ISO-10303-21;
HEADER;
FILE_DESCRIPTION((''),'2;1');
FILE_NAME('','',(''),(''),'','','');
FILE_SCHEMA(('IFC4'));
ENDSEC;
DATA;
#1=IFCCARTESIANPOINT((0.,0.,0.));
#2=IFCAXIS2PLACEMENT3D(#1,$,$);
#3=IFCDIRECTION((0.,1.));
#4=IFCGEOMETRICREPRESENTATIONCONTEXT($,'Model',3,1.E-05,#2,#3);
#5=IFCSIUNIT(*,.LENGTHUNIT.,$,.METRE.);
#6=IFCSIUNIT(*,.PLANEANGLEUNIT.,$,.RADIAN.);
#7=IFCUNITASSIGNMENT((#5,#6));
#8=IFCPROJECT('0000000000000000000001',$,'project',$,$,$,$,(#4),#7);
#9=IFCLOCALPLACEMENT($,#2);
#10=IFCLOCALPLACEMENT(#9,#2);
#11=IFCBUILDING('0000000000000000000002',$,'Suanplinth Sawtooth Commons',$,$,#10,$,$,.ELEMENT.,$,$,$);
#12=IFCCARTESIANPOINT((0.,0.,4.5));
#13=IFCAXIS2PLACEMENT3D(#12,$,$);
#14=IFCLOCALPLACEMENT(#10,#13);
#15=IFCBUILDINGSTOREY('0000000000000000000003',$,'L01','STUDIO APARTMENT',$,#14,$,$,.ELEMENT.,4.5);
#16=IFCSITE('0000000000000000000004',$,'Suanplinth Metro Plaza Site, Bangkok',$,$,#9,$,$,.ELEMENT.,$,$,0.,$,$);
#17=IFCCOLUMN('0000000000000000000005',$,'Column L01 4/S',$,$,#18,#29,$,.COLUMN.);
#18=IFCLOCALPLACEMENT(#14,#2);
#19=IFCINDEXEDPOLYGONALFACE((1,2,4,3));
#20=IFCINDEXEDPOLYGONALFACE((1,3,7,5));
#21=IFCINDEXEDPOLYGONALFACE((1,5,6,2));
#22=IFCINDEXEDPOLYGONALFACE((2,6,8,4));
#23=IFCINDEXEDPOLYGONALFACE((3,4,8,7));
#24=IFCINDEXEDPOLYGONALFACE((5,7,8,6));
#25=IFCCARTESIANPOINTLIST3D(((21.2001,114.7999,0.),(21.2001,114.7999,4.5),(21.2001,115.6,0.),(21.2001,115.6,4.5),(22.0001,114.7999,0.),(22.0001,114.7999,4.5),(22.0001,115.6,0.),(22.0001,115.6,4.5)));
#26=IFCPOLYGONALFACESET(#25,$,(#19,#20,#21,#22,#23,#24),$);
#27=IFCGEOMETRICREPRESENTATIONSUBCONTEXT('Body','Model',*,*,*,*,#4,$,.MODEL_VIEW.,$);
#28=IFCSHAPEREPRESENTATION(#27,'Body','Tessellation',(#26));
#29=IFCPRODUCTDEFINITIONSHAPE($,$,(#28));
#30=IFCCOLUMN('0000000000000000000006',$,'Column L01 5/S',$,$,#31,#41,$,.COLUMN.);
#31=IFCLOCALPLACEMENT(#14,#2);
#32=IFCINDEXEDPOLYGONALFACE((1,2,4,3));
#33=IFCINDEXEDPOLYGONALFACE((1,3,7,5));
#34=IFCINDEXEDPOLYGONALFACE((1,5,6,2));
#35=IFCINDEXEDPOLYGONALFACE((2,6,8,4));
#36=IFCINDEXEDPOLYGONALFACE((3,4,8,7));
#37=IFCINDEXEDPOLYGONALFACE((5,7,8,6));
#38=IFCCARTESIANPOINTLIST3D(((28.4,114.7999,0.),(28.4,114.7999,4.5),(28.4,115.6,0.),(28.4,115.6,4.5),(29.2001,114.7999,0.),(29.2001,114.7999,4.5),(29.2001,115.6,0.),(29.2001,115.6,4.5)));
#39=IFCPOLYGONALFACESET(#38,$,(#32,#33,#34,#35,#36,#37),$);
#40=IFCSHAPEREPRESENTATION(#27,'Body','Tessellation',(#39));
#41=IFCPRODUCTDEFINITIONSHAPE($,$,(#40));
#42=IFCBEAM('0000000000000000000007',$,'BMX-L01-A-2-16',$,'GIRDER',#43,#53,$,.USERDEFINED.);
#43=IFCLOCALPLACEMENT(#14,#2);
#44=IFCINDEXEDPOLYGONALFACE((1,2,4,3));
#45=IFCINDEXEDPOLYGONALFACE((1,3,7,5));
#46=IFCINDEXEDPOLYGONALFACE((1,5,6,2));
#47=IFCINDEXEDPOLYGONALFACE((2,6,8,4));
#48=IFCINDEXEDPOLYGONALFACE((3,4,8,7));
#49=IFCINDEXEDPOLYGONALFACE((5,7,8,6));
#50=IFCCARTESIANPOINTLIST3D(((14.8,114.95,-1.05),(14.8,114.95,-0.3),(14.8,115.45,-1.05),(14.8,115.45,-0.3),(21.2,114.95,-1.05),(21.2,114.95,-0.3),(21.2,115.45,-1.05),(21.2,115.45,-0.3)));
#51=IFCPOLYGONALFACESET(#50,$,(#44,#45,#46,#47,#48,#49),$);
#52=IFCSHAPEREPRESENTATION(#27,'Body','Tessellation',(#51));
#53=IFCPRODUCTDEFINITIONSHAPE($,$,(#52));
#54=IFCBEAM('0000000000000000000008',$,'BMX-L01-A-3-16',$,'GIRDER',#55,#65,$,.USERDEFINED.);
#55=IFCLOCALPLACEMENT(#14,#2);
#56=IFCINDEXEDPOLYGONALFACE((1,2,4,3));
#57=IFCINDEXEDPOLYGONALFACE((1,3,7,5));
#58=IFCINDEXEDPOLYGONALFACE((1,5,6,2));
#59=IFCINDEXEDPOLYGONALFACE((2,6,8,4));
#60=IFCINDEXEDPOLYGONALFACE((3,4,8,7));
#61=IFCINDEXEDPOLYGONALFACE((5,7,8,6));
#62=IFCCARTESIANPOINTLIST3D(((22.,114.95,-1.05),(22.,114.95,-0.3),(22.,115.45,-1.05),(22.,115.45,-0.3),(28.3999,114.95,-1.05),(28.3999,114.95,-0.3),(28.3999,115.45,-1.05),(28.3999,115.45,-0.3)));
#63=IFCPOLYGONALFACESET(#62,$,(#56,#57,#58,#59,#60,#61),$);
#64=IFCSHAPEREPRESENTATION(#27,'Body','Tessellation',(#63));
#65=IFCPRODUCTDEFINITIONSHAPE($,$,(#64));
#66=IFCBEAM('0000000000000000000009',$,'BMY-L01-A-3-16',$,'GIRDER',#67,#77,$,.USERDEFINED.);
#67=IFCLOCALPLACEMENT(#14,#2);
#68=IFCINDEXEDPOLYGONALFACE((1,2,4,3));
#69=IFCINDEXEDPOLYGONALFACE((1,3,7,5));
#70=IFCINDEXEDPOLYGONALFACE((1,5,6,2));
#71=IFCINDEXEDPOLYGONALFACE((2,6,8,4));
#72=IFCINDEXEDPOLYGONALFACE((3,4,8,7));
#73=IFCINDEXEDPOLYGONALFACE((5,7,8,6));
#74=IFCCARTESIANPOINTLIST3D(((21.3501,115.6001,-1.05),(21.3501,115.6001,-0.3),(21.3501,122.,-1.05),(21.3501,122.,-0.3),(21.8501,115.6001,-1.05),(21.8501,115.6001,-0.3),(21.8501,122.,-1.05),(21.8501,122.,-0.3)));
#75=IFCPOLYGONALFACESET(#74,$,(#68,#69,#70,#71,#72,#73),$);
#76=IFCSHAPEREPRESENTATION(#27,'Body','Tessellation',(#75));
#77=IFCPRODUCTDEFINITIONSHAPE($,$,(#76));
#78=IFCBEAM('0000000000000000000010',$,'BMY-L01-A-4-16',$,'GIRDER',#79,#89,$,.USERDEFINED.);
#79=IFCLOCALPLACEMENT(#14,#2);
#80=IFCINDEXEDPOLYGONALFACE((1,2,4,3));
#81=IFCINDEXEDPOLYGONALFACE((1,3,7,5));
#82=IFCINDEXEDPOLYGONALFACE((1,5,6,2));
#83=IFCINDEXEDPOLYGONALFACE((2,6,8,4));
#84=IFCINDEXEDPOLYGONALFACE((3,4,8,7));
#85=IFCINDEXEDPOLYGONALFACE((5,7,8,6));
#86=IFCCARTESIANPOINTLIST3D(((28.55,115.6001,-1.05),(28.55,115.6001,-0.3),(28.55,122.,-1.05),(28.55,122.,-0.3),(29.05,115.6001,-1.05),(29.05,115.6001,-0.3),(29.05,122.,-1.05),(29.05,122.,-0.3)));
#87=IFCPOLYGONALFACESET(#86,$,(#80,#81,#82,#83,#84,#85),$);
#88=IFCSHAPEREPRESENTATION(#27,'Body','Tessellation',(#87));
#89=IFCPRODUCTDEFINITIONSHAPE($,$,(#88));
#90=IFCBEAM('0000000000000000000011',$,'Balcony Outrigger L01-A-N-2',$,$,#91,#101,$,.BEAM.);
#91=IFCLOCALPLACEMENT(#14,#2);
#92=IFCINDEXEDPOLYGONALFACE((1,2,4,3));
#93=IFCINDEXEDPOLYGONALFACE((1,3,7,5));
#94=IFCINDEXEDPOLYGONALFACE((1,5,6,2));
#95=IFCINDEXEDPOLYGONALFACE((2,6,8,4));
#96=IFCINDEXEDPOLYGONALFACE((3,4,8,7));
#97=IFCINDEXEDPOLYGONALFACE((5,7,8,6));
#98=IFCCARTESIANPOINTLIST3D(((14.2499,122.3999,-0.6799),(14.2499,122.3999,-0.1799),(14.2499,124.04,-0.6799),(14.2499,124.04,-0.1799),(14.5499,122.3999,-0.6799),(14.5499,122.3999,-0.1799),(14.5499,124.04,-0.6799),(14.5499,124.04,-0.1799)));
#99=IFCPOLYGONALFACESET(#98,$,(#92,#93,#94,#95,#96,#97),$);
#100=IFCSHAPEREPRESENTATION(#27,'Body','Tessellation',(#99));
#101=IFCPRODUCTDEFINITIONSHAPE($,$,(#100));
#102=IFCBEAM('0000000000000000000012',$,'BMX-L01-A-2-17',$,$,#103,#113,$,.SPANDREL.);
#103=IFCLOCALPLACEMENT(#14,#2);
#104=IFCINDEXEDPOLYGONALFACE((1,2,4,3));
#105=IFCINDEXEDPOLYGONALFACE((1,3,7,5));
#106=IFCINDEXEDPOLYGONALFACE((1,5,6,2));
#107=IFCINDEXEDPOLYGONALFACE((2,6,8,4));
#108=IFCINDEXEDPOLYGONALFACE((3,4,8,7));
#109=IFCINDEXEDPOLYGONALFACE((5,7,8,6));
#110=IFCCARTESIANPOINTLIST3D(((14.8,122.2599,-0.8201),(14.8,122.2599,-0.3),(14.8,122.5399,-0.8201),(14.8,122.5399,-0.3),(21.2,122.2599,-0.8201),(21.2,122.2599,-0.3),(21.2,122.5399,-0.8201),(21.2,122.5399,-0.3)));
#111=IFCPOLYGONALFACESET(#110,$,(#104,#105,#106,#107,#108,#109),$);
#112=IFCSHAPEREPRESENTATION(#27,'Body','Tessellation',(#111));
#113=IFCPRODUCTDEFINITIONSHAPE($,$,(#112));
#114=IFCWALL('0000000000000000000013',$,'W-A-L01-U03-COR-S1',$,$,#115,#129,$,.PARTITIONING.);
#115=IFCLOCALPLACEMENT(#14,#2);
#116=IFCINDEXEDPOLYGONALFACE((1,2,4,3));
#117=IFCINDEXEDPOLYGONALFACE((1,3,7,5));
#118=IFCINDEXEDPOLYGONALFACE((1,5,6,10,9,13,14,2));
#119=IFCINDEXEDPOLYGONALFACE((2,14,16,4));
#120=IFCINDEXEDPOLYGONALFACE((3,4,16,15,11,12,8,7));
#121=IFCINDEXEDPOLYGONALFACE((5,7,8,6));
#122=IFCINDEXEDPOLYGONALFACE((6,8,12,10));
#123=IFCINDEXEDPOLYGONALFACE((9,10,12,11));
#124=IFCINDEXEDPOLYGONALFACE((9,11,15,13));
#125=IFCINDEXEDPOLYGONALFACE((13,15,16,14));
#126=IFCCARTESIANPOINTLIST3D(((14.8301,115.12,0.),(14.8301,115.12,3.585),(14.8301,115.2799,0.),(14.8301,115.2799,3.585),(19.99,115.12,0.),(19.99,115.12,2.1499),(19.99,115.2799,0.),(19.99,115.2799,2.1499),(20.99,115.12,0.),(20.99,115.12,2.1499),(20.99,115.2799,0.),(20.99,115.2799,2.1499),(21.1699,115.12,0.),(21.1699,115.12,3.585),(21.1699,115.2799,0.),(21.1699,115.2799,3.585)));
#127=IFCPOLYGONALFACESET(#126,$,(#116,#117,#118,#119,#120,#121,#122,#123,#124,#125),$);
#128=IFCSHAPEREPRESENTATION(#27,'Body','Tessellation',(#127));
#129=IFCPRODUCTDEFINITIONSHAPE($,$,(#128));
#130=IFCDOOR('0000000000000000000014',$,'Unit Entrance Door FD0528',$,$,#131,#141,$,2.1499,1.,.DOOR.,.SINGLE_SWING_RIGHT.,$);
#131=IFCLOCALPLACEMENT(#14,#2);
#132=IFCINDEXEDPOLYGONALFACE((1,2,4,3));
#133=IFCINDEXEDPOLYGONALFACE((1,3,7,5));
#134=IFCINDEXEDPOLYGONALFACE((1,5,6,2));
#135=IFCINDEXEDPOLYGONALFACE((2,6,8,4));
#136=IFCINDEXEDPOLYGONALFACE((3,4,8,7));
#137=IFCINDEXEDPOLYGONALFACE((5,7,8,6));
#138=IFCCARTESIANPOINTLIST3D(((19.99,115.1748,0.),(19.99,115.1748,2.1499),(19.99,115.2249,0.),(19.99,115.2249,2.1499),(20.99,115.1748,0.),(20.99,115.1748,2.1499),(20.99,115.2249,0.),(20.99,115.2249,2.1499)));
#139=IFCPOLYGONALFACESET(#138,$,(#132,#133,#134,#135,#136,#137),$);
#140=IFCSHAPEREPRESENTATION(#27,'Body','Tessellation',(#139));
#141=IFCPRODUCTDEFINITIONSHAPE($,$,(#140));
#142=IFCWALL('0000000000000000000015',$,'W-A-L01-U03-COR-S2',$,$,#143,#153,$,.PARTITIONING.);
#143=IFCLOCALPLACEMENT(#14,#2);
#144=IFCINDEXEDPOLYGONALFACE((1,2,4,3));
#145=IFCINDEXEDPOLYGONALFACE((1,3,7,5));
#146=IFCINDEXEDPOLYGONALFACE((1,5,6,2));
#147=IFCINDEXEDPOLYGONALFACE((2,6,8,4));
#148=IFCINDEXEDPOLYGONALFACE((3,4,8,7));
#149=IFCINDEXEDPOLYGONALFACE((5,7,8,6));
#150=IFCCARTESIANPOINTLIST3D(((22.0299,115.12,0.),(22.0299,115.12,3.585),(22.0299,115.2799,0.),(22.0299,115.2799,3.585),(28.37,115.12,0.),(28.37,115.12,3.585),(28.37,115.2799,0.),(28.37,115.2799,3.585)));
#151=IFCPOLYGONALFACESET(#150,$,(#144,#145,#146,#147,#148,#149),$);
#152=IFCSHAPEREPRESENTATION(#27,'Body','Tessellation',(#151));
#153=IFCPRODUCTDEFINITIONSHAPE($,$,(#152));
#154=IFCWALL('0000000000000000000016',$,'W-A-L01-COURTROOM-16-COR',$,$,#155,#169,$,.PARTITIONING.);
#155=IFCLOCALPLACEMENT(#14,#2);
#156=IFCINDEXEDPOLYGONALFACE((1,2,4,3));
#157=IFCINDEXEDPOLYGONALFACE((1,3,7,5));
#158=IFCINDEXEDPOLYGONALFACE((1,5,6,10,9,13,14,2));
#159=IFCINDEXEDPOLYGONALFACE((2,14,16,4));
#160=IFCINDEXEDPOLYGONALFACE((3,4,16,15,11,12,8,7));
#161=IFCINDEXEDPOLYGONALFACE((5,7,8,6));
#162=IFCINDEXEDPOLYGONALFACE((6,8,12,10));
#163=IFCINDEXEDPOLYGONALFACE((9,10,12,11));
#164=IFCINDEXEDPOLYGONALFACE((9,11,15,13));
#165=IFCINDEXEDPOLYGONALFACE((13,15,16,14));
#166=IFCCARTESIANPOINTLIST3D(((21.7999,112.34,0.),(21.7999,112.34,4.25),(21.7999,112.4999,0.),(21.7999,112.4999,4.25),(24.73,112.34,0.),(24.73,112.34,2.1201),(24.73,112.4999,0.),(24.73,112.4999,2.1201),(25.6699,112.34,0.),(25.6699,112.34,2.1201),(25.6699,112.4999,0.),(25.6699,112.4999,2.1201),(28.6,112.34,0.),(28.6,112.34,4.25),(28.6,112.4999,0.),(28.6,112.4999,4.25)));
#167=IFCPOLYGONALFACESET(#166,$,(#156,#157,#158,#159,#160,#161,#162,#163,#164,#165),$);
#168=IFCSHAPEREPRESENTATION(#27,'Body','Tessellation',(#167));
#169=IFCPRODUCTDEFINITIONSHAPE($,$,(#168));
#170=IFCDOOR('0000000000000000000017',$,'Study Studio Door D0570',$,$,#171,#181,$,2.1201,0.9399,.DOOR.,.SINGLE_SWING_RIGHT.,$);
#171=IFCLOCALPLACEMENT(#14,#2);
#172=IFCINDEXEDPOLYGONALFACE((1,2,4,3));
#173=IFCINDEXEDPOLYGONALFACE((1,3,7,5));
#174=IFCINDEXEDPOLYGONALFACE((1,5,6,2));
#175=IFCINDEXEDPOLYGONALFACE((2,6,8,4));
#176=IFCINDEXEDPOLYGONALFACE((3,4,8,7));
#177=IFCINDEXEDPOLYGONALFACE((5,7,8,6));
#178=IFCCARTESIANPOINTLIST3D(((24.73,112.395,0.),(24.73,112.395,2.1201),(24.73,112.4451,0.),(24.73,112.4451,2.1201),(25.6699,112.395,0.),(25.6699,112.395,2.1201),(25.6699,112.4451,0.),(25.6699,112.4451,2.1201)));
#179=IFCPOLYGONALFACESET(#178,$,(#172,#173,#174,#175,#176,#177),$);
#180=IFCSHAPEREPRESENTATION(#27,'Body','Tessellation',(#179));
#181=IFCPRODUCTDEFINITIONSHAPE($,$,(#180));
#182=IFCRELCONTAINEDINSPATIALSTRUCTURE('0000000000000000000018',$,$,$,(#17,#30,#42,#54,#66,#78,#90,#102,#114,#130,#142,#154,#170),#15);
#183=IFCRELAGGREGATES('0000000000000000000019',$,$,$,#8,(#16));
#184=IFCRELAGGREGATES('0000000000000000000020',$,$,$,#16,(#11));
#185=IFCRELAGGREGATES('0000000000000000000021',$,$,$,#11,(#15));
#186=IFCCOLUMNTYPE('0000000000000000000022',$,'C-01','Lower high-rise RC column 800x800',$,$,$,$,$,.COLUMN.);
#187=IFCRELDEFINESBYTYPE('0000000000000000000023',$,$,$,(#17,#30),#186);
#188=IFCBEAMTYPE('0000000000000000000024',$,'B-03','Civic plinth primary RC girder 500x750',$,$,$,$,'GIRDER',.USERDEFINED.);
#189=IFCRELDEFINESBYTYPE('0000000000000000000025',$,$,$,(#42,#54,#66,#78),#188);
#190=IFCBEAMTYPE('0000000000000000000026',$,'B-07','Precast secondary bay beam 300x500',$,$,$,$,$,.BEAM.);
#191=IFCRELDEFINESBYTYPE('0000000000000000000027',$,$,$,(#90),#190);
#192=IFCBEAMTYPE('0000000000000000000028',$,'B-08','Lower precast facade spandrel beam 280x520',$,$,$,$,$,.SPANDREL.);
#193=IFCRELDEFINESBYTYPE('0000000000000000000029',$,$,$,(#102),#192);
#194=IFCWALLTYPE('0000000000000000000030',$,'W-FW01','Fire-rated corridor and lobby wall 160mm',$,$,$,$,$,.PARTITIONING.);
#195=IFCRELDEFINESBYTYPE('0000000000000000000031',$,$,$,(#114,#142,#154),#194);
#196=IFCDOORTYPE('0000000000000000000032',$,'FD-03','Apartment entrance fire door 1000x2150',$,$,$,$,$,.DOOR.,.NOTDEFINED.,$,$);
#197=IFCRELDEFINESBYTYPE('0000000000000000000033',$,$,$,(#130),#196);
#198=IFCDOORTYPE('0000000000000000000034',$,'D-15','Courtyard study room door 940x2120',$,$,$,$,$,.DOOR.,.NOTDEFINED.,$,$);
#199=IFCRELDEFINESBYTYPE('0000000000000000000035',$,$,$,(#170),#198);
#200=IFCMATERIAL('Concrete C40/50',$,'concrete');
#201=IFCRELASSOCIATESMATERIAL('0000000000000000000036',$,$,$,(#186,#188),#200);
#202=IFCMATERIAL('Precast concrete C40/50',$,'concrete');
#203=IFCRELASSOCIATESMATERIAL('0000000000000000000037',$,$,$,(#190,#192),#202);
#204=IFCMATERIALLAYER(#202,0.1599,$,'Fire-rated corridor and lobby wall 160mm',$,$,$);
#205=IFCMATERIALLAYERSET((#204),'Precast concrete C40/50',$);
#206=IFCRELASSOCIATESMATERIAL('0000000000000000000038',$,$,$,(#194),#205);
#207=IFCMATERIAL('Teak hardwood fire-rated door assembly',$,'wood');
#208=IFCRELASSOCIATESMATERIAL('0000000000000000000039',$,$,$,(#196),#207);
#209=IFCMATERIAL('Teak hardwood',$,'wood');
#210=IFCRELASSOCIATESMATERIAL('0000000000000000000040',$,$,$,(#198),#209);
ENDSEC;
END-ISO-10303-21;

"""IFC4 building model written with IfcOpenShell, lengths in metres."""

from ifc_helpers import new_model, si_unit, direction, frame, frame_2d, origin, origin_2d, place, context, subcontext, project, spatial, rectangle, extrude, material, layer, layer_set, material_profile, profile_set, type_object, element, fill, save


model = new_model("IFC4")

# Units and contexts
model_context = context("Model", 3, precision=1e-05, world=origin(), true_north=direction((0.0, 1.0)))
body_context = subcontext(model_context, "Body", "Model", "MODEL_VIEW")
ifc_project = project(units=[si_unit("LENGTHUNIT", "METRE"), si_unit("PLANEANGLEUNIT", "RADIAN")], contexts=[model_context])

# Site, building, storey
site_placement = place(None, origin())
site = spatial("IfcSite", under=ifc_project, at=site_placement, Name="Suanplinth Metro Plaza Site, Bangkok", CompositionType="ELEMENT", RefElevation=0.0)
building_placement = place(site_placement, origin())
building = spatial("IfcBuilding", under=site, at=building_placement, Name="Suanplinth Sawtooth Commons", CompositionType="ELEMENT")
storey_placement = place(building_placement, frame((0.0, 0.0, 4.5)))
storey = spatial("IfcBuildingStorey", under=building, at=storey_placement, Name="L01", Description="STUDIO APARTMENT", CompositionType="ELEMENT", Elevation=4.5)

# Columns
ifc_material_1 = material(Name="Concrete C40/50", Category="concrete")
ifc_material_profile_1 = material_profile(ifc_material_1, rectangle(XDim=0.8, YDim=0.8, at=origin_2d()), Name="RC-COL 800x800")
ifc_profile_set_1 = profile_set([ifc_material_profile_1], Name="Concrete C40/50")
column_type = type_object("IfcColumnType", Name="C-01", Description="Lower high-rise RC column 800x800", PredefinedType="COLUMN", material=ifc_profile_set_1)
for number, where, z_axis, x_axis, name in (
    (1, (21.6001, 115.2, 0.0), (0.0, 0.0, 1.0), (1.0, 0.0, 0.0), "Column L01 4/S"),
    (2, (28.8, 115.2, 0.0), (0.0, 0.0, 1.0), (1.0, 0.0, 0.0), "Column L01 5/S"),
):
    element("IfcColumn", number, at=place(storey_placement, frame(where, z_axis=z_axis, x_axis=x_axis)), inside=storey, type_object=column_type, Name=name, PredefinedType="COLUMN", context=body_context, shape_type="SweptSolid", body=[
        extrude(rectangle(XDim=0.8, YDim=0.8, at=origin_2d()), origin(), (0.0, 0.0, 1.0), 4.5),
    ])

# Beams
ifc_material_profile_2 = material_profile(ifc_material_1, rectangle(XDim=0.5, YDim=0.75, at=origin_2d()), Name="RC-GDR 500x750")
ifc_profile_set_2 = profile_set([ifc_material_profile_2], Name="Concrete C40/50")
beam_type_1 = type_object("IfcBeamType", Name="B-03", Description="Civic plinth primary RC girder 500x750", ElementType="GIRDER", PredefinedType="USERDEFINED", material=ifc_profile_set_2)
for number, where, z_axis, x_axis, name in (
    (3, (14.8, 115.2, -0.675), (1.0, 0.0, 0.0), (0.0, 1.0, 0.0), "BMX-L01-A-2-16"),
    (4, (22.0, 115.2, -0.675), (1.0, 0.0, 0.0), (0.0, 1.0, 0.0), "BMX-L01-A-3-16"),
    (5, (21.6001, 115.6001, -0.675), (0.0, 1.0, 0.0), (-1.0, 0.0, 0.0), "BMY-L01-A-3-16"),
    (6, (28.8, 115.6001, -0.675), (0.0, 1.0, 0.0), (-1.0, 0.0, 0.0), "BMY-L01-A-4-16"),
):
    element("IfcBeam", number, at=place(storey_placement, frame(where, z_axis=z_axis, x_axis=x_axis)), inside=storey, type_object=beam_type_1, Name=name, ObjectType="GIRDER", PredefinedType="USERDEFINED", context=body_context, shape_type="SweptSolid", body=[
        extrude(rectangle(XDim=0.5, YDim=0.75, at=origin_2d()), origin(), (0.0, 0.0, 1.0), 6.3999),
    ])
ifc_material_2 = material(Name="Precast concrete C40/50", Category="concrete")
ifc_material_profile_3 = material_profile(ifc_material_2, rectangle(XDim=0.3, YDim=0.5, at=origin_2d()), Name="PC-BM 300x500")
ifc_profile_set_3 = profile_set([ifc_material_profile_3], Name="Precast concrete C40/50")
beam_type_2 = type_object("IfcBeamType", Name="B-07", Description="Precast secondary bay beam 300x500", PredefinedType="BEAM", material=ifc_profile_set_3)
beam_1_placement = place(storey_placement, frame((14.3999, 122.3999, -0.4299), z_axis=(0.0, 1.0, 0.0), x_axis=(-1.0, 0.0, 0.0)))
element("IfcBeam", 7, at=beam_1_placement, inside=storey, type_object=beam_type_2, Name="Balcony Outrigger L01-A-N-2", PredefinedType="BEAM", context=body_context, shape_type="SweptSolid", body=[
    extrude(rectangle(XDim=0.3, YDim=0.5, at=origin_2d()), origin(), (0.0, 0.0, 1.0), 1.6401),
])
ifc_material_profile_4 = material_profile(ifc_material_2, rectangle(XDim=0.28, YDim=0.52, at=origin_2d()), Name="PC-SP 280x520")
ifc_profile_set_4 = profile_set([ifc_material_profile_4], Name="Precast concrete C40/50")
beam_type_3 = type_object("IfcBeamType", Name="B-08", Description="Lower precast facade spandrel beam 280x520", PredefinedType="SPANDREL", material=ifc_profile_set_4)
beam_2_placement = place(storey_placement, frame((14.8, 122.3999, -0.5601), z_axis=(1.0, 0.0, 0.0), x_axis=(0.0, 1.0, 0.0)))
element("IfcBeam", 8, at=beam_2_placement, inside=storey, type_object=beam_type_3, Name="BMX-L01-A-2-17", PredefinedType="SPANDREL", context=body_context, shape_type="SweptSolid", body=[
    extrude(rectangle(XDim=0.28, YDim=0.52, at=origin_2d()), origin(), (0.0, 0.0, 1.0), 6.3999),
])

# Wall, opening, door
ifc_layer_1 = layer(ifc_material_2, 0.1599, Name="Fire-rated corridor and lobby wall 160mm")
ifc_layer_set_1 = layer_set([ifc_layer_1], Name="Precast concrete C40/50")
wall_type_1 = type_object("IfcWallType", Name="W-FW01", Description="Fire-rated corridor and lobby wall 160mm", PredefinedType="PARTITIONING", material=ifc_layer_set_1)
wall_1_placement = place(storey_placement, frame((14.8301, 115.2, 0.0), z_axis=(0.0, 0.0, 1.0), x_axis=(1.0, 0.0, 0.0)))
wall_1 = element("IfcWall", 9, at=wall_1_placement, inside=storey, type_object=wall_type_1, Name="W-A-L01-U03-COR-S1", PredefinedType="PARTITIONING", context=body_context, shape_type="SweptSolid", body=[
    extrude(rectangle(XDim=6.3398, YDim=0.1599, at=frame_2d((3.1699, 0.0))), origin(), (0.0, 0.0, 1.0), 3.585),
])
opening_1_placement = place(wall_1_placement, frame((5.1599, 0.0, 0.0)))
opening_1 = element("IfcOpeningElement", 10, at=opening_1_placement, cuts=wall_1, PredefinedType="OPENING", context=body_context, shape_type="SweptSolid", body=[
    extrude(rectangle(XDim=1.0, YDim=2.1499, at=frame_2d((0.5, 1.075))), frame((0.0, 0.0947, 0.0), z_axis=(0.0, -1.0, 0.0), x_axis=(1.0, 0.0, 0.0)), (0.0, 0.0, 1.0), 0.1897),
])
ifc_material_3 = material(Name="Teak hardwood fire-rated door assembly", Category="wood")
door_type_1 = type_object("IfcDoorType", Name="FD-03", Description="Apartment entrance fire door 1000x2150", OperationType="NOTDEFINED", PredefinedType="DOOR", material=ifc_material_3)
door_1_placement = place(opening_1_placement, origin())
door_1 = element("IfcDoor", 11, at=door_1_placement, inside=storey, type_object=door_type_1, Name="Unit Entrance Door FD0528", OperationType="SINGLE_SWING_RIGHT", OverallHeight=2.1499, OverallWidth=1.0, PredefinedType="DOOR", context=body_context, shape_type="SweptSolid", body=[
    extrude(rectangle(XDim=1.0, YDim=2.1499, at=frame_2d((0.5, 1.075))), frame((0.0, 0.0249, 0.0), z_axis=(0.0, -1.0, 0.0), x_axis=(1.0, 0.0, 0.0)), (0.0, 0.0, 1.0), 0.05),
])
fill(opening_1, door_1)

# Wall
wall_2_placement = place(storey_placement, frame((22.03, 115.2, 0.0), z_axis=(0.0, 0.0, 1.0), x_axis=(1.0, 0.0, 0.0)))
element("IfcWall", 12, at=wall_2_placement, inside=storey, type_object=wall_type_1, Name="W-A-L01-U03-COR-S2", PredefinedType="PARTITIONING", context=body_context, shape_type="SweptSolid", body=[
    extrude(rectangle(XDim=6.3401, YDim=0.1599, at=frame_2d((3.1699, 0.0))), origin(), (0.0, 0.0, 1.0), 3.585),
])

# Wall, opening, door
wall_3_placement = place(storey_placement, frame((21.8, 112.4199, 0.0), z_axis=(0.0, 0.0, 1.0), x_axis=(1.0, 0.0, 0.0)))
wall_3 = element("IfcWall", 13, at=wall_3_placement, inside=storey, type_object=wall_type_1, Name="W-A-L01-COURTROOM-16-COR", PredefinedType="PARTITIONING", context=body_context, shape_type="SweptSolid", body=[
    extrude(rectangle(XDim=6.8, YDim=0.1599, at=frame_2d((3.3999, 0.0))), origin(), (0.0, 0.0, 1.0), 4.25),
])
opening_2_placement = place(wall_3_placement, frame((2.9299, 0.0, 0.0)))
opening_2 = element("IfcOpeningElement", 14, at=opening_2_placement, cuts=wall_3, PredefinedType="OPENING", context=body_context, shape_type="SweptSolid", body=[
    extrude(rectangle(XDim=0.9399, YDim=2.1201, at=frame_2d((0.47, 1.0601))), frame((0.0, 0.0947, 0.0), z_axis=(0.0, -1.0, 0.0), x_axis=(1.0, 0.0, 0.0)), (0.0, 0.0, 1.0), 0.1897),
])
ifc_material_4 = material(Name="Teak hardwood", Category="wood")
door_type_2 = type_object("IfcDoorType", Name="D-15", Description="Courtyard study room door 940x2120", OperationType="NOTDEFINED", PredefinedType="DOOR", material=ifc_material_4)
door_2_placement = place(opening_2_placement, frame((0.9399, 0.0, 0.0), z_axis=(0.0, 0.0, 1.0), x_axis=(-1.0, 0.0, 0.0)))
door_2 = element("IfcDoor", 15, at=door_2_placement, inside=storey, type_object=door_type_2, Name="Study Studio Door D0570", OperationType="SINGLE_SWING_RIGHT", OverallHeight=2.1201, OverallWidth=0.9399, PredefinedType="DOOR", context=body_context, shape_type="SweptSolid", body=[
    extrude(rectangle(XDim=0.9399, YDim=2.1201, at=frame_2d((0.47, 1.0601))), frame((0.0, 0.0249, 0.0), z_axis=(0.0, -1.0, 0.0), x_axis=(1.0, 0.0, 0.0)), (0.0, 0.0, 1.0), 0.05),
])
fill(opening_2, door_2)

save(model, "model.ifc")
